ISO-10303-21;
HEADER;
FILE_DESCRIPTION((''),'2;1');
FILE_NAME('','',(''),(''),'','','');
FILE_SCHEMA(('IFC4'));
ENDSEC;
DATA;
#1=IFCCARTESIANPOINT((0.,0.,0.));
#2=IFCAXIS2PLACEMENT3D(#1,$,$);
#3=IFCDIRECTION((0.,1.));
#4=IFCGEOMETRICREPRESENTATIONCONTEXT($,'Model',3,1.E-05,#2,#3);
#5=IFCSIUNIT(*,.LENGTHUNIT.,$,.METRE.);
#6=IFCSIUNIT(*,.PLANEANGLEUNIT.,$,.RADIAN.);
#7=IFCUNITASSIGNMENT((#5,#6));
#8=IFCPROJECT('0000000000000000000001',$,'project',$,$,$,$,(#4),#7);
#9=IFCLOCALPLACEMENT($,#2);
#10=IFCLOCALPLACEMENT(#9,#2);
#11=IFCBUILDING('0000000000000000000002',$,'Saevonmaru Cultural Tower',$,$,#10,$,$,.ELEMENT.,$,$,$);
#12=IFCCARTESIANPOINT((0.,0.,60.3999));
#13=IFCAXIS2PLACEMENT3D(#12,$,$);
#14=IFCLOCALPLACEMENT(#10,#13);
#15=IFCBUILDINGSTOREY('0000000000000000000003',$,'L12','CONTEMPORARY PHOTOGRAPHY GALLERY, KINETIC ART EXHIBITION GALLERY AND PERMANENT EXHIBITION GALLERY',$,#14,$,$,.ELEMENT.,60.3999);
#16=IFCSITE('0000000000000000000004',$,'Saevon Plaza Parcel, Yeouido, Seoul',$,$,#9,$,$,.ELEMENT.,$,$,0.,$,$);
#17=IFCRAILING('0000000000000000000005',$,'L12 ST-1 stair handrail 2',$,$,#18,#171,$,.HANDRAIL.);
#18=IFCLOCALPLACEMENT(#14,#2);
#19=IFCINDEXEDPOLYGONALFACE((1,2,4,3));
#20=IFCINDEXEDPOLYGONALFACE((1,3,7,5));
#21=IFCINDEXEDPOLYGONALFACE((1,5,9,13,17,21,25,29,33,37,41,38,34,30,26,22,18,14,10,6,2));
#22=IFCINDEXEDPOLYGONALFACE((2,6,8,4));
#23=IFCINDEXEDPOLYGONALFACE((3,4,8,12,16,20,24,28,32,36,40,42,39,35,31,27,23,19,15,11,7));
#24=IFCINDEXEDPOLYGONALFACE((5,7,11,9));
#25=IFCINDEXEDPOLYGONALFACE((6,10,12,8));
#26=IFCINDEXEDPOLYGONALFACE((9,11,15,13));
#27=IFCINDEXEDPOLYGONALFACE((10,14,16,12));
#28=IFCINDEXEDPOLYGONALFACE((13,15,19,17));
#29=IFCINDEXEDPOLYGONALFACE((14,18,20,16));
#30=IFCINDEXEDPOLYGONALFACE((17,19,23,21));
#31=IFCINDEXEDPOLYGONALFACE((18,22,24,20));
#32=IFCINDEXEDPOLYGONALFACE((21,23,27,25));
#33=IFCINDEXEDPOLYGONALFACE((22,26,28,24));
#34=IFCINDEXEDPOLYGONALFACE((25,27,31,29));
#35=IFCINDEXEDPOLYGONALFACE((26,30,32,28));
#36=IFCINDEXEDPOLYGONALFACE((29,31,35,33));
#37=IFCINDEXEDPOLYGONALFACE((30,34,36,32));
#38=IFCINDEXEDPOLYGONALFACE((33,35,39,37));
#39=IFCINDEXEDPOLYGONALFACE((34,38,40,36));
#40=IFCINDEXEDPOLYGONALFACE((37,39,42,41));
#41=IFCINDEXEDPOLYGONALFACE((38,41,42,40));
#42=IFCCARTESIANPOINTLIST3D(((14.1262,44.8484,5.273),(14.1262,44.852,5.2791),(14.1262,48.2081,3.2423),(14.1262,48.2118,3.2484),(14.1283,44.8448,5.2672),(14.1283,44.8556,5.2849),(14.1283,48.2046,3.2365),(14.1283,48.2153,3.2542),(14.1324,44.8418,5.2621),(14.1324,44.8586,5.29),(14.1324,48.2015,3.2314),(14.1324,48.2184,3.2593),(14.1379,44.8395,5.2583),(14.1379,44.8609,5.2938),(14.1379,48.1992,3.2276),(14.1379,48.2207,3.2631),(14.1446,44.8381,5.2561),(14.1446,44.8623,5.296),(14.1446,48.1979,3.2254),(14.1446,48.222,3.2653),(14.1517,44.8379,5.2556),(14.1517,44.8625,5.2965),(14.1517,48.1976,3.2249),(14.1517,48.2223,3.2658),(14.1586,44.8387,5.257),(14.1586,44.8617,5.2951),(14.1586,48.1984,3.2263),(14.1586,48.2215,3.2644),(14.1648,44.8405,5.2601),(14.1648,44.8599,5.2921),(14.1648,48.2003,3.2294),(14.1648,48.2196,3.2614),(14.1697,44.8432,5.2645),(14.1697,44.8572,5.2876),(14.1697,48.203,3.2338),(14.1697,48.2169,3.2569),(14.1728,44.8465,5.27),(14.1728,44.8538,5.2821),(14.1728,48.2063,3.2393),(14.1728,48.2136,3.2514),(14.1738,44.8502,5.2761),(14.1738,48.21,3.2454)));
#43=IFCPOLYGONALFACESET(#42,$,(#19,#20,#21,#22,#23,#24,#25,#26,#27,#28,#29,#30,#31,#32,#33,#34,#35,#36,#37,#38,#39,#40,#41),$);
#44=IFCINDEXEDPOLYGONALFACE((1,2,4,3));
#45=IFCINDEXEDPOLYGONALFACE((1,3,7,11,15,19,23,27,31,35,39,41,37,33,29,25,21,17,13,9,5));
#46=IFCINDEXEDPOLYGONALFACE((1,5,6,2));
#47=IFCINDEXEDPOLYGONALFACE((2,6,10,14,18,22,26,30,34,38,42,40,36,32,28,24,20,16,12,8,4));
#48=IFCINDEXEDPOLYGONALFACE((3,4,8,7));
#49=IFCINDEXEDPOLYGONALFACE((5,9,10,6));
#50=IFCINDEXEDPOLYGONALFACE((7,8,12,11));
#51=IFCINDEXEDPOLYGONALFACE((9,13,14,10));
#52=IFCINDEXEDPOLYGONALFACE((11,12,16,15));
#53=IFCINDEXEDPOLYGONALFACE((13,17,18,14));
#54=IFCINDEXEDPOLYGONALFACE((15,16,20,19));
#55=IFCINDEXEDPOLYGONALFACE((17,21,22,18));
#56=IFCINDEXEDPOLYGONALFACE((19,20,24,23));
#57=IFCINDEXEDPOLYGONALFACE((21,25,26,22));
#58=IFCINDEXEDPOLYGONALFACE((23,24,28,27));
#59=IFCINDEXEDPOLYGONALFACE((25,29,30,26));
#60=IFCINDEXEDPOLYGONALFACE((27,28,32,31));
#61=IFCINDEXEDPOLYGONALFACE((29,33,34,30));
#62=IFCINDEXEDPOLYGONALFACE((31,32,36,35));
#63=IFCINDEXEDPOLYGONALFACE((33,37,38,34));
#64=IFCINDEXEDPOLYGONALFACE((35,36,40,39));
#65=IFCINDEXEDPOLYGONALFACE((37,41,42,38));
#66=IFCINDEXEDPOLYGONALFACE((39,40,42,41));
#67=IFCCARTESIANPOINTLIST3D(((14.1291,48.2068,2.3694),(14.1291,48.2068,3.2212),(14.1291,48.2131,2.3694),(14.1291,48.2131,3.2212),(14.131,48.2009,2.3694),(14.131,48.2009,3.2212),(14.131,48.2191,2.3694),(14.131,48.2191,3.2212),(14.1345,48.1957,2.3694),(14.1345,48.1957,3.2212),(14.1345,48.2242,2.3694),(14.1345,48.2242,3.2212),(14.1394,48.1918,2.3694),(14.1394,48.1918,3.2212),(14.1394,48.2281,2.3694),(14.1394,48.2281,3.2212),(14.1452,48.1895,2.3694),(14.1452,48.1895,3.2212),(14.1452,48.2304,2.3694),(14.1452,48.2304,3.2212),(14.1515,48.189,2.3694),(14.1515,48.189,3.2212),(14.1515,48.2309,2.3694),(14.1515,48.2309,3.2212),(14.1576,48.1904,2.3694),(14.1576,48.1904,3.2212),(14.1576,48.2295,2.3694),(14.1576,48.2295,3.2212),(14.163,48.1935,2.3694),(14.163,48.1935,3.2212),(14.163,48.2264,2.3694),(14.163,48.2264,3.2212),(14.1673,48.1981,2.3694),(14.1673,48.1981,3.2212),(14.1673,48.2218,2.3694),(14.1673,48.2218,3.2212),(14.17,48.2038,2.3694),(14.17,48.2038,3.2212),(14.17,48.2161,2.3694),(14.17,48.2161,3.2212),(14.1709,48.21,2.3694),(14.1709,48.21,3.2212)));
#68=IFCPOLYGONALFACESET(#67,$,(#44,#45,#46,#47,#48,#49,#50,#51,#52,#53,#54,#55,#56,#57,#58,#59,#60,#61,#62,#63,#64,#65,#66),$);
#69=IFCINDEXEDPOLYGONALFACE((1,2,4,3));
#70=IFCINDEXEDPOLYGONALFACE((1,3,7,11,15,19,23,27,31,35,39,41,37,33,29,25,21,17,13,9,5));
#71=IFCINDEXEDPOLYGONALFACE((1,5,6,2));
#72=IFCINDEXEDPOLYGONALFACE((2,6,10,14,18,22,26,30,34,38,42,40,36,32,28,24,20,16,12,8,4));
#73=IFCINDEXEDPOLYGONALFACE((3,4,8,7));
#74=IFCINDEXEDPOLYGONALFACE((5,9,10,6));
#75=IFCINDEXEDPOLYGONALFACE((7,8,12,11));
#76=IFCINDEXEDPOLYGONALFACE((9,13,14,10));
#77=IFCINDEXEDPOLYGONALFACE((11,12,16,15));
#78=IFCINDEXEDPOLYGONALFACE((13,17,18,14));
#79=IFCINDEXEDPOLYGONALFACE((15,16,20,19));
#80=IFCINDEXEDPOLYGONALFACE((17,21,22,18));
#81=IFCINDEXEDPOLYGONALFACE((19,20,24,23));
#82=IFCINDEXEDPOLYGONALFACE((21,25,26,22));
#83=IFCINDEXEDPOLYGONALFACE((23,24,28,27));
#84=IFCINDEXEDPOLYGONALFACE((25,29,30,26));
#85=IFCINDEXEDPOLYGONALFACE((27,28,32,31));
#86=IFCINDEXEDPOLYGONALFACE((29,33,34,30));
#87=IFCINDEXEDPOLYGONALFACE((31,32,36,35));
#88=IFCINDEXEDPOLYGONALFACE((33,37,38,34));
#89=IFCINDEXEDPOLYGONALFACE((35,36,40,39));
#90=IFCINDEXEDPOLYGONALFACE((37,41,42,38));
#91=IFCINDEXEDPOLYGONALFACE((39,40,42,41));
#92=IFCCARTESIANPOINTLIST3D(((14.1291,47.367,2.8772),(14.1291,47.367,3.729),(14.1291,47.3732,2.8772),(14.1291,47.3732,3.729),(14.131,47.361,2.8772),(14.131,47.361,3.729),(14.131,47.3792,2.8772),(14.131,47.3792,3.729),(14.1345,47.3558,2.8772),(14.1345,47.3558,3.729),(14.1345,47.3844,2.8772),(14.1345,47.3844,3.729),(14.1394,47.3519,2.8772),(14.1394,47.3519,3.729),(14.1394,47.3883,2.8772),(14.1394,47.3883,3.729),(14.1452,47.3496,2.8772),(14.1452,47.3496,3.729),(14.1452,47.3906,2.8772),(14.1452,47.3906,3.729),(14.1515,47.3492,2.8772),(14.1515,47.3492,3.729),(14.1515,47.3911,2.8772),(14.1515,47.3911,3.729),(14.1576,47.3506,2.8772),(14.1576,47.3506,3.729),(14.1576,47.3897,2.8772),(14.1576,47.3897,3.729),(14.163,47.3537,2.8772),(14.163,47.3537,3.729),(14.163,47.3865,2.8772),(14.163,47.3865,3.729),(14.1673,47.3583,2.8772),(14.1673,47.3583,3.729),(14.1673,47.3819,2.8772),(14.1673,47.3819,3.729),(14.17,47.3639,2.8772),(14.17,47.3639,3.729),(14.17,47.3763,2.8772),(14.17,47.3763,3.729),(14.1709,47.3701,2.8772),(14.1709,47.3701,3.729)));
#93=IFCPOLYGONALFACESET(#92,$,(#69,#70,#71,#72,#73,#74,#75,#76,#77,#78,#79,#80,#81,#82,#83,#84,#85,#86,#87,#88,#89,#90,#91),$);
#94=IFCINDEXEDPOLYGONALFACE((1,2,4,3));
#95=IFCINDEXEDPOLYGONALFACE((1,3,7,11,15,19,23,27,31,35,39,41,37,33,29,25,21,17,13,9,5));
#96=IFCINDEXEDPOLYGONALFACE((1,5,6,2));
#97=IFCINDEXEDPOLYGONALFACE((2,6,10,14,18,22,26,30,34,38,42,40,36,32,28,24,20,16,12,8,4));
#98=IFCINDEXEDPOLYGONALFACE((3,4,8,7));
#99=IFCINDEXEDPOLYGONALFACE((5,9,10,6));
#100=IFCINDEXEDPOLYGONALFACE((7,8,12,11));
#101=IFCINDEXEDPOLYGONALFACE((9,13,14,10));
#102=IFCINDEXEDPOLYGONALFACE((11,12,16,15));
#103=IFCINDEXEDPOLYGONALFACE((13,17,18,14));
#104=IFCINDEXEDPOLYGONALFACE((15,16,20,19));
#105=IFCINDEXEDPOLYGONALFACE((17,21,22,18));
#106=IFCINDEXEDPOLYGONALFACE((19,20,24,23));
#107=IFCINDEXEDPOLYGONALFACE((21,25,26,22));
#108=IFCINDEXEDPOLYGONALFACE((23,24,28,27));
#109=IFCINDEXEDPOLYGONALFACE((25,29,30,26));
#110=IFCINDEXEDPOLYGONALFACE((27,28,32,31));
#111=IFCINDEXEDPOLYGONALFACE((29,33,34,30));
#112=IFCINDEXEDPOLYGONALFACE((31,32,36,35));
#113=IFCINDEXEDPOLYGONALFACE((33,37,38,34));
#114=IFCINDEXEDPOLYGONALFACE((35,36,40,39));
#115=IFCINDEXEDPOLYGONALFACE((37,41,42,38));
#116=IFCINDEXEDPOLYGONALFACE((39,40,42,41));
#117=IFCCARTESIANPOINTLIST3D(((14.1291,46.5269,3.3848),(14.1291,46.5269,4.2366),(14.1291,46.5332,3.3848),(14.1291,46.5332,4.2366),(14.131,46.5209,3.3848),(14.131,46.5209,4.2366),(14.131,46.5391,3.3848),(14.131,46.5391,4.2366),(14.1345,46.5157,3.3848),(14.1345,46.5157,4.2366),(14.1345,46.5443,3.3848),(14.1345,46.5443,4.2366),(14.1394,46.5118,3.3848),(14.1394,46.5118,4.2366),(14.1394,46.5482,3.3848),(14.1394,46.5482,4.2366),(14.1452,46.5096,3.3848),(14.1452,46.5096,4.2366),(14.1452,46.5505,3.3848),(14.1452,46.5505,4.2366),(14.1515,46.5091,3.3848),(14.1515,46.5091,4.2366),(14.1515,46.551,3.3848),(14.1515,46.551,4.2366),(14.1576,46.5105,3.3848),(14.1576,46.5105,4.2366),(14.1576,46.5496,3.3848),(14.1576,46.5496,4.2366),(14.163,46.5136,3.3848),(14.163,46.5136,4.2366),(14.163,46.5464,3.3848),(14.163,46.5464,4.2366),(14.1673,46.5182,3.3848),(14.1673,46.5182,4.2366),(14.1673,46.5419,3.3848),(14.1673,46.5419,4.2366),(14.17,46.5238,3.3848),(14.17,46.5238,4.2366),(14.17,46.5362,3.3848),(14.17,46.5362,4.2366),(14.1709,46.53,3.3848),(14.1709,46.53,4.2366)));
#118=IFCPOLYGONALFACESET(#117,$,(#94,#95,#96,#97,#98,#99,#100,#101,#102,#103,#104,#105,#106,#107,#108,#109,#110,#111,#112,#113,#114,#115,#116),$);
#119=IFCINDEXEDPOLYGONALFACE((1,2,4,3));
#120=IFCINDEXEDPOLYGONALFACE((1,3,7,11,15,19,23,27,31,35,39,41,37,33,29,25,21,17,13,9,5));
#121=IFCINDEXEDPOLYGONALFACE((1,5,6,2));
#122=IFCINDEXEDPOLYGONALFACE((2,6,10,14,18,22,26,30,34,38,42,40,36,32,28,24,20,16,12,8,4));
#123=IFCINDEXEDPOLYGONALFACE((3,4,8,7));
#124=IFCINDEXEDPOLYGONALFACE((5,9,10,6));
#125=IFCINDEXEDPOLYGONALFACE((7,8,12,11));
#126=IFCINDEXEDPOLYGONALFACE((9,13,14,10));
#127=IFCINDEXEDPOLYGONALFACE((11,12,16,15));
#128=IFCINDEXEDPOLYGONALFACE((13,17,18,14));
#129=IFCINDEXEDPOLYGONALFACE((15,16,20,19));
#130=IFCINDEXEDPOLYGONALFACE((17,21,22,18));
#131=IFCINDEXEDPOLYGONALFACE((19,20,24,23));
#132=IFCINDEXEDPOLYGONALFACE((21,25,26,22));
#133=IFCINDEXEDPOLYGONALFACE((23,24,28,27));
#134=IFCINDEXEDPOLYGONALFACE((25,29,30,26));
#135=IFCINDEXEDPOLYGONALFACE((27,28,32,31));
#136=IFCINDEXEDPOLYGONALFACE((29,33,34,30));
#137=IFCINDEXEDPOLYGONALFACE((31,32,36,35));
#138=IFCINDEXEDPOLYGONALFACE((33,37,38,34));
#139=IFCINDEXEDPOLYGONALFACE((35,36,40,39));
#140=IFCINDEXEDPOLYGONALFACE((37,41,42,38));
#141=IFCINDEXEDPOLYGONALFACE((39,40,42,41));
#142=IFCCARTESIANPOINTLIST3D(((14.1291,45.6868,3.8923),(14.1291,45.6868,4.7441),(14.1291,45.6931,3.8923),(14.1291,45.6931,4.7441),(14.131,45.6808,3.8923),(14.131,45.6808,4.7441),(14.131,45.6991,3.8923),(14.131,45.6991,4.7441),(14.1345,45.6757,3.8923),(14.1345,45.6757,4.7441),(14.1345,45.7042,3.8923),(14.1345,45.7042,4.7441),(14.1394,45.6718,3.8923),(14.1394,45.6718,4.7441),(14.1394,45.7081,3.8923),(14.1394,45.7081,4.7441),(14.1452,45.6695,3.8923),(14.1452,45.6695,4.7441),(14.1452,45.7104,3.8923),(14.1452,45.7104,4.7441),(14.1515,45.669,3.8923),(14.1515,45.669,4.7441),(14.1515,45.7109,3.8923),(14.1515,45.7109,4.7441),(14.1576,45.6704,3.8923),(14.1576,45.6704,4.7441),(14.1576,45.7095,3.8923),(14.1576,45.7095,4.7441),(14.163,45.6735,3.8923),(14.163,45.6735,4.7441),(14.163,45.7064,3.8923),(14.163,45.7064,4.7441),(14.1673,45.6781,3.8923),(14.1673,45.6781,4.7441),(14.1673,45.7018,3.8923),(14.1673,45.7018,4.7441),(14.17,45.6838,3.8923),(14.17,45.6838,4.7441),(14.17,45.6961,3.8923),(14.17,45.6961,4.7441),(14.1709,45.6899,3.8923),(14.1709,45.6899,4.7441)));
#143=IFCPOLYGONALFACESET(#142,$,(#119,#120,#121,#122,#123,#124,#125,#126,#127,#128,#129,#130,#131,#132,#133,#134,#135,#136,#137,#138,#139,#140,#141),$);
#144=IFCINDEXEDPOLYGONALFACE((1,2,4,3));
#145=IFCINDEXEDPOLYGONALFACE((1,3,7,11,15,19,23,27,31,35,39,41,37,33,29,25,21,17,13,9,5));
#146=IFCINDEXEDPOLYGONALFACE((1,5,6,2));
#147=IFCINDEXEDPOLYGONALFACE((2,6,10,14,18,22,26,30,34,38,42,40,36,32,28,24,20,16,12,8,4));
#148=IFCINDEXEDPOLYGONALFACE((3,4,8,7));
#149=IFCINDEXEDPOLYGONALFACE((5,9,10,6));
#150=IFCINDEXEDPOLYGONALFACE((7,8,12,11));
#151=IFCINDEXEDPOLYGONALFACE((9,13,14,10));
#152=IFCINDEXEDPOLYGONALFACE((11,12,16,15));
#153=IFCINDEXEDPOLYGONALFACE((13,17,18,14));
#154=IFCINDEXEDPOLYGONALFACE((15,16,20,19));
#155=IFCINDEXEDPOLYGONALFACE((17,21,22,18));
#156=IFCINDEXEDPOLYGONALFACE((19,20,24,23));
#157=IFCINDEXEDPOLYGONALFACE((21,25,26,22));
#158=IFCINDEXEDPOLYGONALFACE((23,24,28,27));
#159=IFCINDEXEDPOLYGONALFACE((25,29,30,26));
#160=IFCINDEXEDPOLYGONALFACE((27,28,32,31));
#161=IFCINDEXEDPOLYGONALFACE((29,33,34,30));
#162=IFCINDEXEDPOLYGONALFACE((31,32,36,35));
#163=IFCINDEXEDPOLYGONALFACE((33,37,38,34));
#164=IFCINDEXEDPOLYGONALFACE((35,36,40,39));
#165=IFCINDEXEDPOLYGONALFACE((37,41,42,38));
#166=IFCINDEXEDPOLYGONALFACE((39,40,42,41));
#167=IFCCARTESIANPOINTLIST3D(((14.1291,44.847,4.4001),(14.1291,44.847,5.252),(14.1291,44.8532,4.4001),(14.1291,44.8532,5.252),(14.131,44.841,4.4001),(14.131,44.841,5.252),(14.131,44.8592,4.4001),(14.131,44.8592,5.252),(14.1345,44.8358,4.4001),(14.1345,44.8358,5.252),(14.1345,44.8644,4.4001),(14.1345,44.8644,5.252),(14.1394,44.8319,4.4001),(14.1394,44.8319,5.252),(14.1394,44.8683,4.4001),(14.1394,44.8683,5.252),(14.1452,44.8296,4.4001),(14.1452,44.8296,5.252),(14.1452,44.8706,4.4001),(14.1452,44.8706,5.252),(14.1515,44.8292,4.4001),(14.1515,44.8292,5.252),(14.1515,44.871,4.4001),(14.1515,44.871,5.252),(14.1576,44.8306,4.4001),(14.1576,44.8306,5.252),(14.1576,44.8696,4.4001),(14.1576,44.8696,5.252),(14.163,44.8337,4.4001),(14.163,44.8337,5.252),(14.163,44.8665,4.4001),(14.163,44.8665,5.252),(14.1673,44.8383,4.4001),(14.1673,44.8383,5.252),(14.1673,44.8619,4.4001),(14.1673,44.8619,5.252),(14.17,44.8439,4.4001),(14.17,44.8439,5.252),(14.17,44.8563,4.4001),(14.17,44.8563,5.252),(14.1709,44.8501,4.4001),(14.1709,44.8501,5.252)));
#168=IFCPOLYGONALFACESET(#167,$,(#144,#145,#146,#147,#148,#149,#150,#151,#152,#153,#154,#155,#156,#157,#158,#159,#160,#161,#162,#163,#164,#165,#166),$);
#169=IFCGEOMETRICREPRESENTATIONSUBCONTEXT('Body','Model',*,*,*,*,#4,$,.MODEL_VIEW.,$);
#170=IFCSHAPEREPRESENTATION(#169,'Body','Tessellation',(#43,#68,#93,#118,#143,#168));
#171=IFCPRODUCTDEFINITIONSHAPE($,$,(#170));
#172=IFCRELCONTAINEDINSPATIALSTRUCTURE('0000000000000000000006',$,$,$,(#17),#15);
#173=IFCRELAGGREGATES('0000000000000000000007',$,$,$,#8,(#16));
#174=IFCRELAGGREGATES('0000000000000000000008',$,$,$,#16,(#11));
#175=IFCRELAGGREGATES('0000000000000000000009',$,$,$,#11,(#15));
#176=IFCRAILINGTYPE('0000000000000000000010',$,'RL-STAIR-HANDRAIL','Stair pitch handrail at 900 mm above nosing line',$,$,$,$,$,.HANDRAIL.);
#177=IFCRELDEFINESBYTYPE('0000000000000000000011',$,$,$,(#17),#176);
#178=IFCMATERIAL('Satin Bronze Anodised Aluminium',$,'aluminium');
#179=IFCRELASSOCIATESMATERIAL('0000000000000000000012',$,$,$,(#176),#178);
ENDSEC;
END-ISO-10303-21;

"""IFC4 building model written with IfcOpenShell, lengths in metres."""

from ifc_helpers import new_model, si_unit, direction, frame, origin, origin_2d, place, context, subcontext, project, spatial, circle, extrude, material, type_object, element, save


model = new_model("IFC4")

# Units and contexts
model_context = context("Model", 3, precision=1e-05, world=origin(), true_north=direction((0.0, 1.0)))
body_context = subcontext(model_context, "Body", "Model", "MODEL_VIEW")
ifc_project = project(units=[si_unit("LENGTHUNIT", "METRE"), si_unit("PLANEANGLEUNIT", "RADIAN")], contexts=[model_context])

# Site, building, storey
site_placement = place(None, origin())
site = spatial("IfcSite", under=ifc_project, at=site_placement, Name="Saevon Plaza Parcel, Yeouido, Seoul", CompositionType="ELEMENT", RefElevation=0.0)
building_placement = place(site_placement, origin())
building = spatial("IfcBuilding", under=site, at=building_placement, Name="Saevonmaru Cultural Tower", CompositionType="ELEMENT")
storey_placement = place(building_placement, frame((0.0, 0.0, 60.3999)))
storey = spatial("IfcBuildingStorey", under=building, at=storey_placement, Name="L12", Description="CONTEMPORARY PHOTOGRAPHY GALLERY, KINETIC ART EXHIBITION GALLERY AND PERMANENT EXHIBITION GALLERY", CompositionType="ELEMENT", Elevation=60.3999)

# Shared definitions
ifc_material_1 = material(Name="Satin Bronze Anodised Aluminium", Category="aluminium")

# Railing
railing_type_1 = type_object("IfcRailingType", Name="RL-STAIR-HANDRAIL", Description="Stair pitch handrail at 900 mm above nosing line", PredefinedType="HANDRAIL", material=ifc_material_1)
railing_1_placement = place(storey_placement, frame((14.1499, 48.21, 2.3694)))
element("IfcRailing", 1, at=railing_1_placement, inside=storey, type_object=railing_type_1, Name="L12 ST-1 stair handrail 2", PredefinedType="HANDRAIL", context=body_context, shape_type="SweptSolid", body=[
    extrude(circle(Radius=0.0239, at=origin_2d()), frame((0.0, 0.0, 0.876), z_axis=(0.0, -0.85582, 0.517273), x_axis=(1.0, 0.0, 0.0)), (0.0, 0.0, 1.0), 3.9258),
    extrude(circle(Radius=0.021, at=origin_2d()), origin(), (0.0, 0.0, 1.0), 0.8518),
    extrude(circle(Radius=0.021, at=origin_2d()), frame((0.0, -0.8398, 0.5078)), (0.0, 0.0, 1.0), 0.8518),
    extrude(circle(Radius=0.021, at=origin_2d()), frame((0.0, -1.6799, 1.0154)), (0.0, 0.0, 1.0), 0.8518),
    extrude(circle(Radius=0.021, at=origin_2d()), frame((0.0, -2.52, 1.5229)), (0.0, 0.0, 1.0), 0.8518),
    extrude(circle(Radius=0.021, at=origin_2d()), frame((0.0, -3.3599, 2.0308)), (0.0, 0.0, 1.0), 0.8518),
])

save(model, "model.ifc")
